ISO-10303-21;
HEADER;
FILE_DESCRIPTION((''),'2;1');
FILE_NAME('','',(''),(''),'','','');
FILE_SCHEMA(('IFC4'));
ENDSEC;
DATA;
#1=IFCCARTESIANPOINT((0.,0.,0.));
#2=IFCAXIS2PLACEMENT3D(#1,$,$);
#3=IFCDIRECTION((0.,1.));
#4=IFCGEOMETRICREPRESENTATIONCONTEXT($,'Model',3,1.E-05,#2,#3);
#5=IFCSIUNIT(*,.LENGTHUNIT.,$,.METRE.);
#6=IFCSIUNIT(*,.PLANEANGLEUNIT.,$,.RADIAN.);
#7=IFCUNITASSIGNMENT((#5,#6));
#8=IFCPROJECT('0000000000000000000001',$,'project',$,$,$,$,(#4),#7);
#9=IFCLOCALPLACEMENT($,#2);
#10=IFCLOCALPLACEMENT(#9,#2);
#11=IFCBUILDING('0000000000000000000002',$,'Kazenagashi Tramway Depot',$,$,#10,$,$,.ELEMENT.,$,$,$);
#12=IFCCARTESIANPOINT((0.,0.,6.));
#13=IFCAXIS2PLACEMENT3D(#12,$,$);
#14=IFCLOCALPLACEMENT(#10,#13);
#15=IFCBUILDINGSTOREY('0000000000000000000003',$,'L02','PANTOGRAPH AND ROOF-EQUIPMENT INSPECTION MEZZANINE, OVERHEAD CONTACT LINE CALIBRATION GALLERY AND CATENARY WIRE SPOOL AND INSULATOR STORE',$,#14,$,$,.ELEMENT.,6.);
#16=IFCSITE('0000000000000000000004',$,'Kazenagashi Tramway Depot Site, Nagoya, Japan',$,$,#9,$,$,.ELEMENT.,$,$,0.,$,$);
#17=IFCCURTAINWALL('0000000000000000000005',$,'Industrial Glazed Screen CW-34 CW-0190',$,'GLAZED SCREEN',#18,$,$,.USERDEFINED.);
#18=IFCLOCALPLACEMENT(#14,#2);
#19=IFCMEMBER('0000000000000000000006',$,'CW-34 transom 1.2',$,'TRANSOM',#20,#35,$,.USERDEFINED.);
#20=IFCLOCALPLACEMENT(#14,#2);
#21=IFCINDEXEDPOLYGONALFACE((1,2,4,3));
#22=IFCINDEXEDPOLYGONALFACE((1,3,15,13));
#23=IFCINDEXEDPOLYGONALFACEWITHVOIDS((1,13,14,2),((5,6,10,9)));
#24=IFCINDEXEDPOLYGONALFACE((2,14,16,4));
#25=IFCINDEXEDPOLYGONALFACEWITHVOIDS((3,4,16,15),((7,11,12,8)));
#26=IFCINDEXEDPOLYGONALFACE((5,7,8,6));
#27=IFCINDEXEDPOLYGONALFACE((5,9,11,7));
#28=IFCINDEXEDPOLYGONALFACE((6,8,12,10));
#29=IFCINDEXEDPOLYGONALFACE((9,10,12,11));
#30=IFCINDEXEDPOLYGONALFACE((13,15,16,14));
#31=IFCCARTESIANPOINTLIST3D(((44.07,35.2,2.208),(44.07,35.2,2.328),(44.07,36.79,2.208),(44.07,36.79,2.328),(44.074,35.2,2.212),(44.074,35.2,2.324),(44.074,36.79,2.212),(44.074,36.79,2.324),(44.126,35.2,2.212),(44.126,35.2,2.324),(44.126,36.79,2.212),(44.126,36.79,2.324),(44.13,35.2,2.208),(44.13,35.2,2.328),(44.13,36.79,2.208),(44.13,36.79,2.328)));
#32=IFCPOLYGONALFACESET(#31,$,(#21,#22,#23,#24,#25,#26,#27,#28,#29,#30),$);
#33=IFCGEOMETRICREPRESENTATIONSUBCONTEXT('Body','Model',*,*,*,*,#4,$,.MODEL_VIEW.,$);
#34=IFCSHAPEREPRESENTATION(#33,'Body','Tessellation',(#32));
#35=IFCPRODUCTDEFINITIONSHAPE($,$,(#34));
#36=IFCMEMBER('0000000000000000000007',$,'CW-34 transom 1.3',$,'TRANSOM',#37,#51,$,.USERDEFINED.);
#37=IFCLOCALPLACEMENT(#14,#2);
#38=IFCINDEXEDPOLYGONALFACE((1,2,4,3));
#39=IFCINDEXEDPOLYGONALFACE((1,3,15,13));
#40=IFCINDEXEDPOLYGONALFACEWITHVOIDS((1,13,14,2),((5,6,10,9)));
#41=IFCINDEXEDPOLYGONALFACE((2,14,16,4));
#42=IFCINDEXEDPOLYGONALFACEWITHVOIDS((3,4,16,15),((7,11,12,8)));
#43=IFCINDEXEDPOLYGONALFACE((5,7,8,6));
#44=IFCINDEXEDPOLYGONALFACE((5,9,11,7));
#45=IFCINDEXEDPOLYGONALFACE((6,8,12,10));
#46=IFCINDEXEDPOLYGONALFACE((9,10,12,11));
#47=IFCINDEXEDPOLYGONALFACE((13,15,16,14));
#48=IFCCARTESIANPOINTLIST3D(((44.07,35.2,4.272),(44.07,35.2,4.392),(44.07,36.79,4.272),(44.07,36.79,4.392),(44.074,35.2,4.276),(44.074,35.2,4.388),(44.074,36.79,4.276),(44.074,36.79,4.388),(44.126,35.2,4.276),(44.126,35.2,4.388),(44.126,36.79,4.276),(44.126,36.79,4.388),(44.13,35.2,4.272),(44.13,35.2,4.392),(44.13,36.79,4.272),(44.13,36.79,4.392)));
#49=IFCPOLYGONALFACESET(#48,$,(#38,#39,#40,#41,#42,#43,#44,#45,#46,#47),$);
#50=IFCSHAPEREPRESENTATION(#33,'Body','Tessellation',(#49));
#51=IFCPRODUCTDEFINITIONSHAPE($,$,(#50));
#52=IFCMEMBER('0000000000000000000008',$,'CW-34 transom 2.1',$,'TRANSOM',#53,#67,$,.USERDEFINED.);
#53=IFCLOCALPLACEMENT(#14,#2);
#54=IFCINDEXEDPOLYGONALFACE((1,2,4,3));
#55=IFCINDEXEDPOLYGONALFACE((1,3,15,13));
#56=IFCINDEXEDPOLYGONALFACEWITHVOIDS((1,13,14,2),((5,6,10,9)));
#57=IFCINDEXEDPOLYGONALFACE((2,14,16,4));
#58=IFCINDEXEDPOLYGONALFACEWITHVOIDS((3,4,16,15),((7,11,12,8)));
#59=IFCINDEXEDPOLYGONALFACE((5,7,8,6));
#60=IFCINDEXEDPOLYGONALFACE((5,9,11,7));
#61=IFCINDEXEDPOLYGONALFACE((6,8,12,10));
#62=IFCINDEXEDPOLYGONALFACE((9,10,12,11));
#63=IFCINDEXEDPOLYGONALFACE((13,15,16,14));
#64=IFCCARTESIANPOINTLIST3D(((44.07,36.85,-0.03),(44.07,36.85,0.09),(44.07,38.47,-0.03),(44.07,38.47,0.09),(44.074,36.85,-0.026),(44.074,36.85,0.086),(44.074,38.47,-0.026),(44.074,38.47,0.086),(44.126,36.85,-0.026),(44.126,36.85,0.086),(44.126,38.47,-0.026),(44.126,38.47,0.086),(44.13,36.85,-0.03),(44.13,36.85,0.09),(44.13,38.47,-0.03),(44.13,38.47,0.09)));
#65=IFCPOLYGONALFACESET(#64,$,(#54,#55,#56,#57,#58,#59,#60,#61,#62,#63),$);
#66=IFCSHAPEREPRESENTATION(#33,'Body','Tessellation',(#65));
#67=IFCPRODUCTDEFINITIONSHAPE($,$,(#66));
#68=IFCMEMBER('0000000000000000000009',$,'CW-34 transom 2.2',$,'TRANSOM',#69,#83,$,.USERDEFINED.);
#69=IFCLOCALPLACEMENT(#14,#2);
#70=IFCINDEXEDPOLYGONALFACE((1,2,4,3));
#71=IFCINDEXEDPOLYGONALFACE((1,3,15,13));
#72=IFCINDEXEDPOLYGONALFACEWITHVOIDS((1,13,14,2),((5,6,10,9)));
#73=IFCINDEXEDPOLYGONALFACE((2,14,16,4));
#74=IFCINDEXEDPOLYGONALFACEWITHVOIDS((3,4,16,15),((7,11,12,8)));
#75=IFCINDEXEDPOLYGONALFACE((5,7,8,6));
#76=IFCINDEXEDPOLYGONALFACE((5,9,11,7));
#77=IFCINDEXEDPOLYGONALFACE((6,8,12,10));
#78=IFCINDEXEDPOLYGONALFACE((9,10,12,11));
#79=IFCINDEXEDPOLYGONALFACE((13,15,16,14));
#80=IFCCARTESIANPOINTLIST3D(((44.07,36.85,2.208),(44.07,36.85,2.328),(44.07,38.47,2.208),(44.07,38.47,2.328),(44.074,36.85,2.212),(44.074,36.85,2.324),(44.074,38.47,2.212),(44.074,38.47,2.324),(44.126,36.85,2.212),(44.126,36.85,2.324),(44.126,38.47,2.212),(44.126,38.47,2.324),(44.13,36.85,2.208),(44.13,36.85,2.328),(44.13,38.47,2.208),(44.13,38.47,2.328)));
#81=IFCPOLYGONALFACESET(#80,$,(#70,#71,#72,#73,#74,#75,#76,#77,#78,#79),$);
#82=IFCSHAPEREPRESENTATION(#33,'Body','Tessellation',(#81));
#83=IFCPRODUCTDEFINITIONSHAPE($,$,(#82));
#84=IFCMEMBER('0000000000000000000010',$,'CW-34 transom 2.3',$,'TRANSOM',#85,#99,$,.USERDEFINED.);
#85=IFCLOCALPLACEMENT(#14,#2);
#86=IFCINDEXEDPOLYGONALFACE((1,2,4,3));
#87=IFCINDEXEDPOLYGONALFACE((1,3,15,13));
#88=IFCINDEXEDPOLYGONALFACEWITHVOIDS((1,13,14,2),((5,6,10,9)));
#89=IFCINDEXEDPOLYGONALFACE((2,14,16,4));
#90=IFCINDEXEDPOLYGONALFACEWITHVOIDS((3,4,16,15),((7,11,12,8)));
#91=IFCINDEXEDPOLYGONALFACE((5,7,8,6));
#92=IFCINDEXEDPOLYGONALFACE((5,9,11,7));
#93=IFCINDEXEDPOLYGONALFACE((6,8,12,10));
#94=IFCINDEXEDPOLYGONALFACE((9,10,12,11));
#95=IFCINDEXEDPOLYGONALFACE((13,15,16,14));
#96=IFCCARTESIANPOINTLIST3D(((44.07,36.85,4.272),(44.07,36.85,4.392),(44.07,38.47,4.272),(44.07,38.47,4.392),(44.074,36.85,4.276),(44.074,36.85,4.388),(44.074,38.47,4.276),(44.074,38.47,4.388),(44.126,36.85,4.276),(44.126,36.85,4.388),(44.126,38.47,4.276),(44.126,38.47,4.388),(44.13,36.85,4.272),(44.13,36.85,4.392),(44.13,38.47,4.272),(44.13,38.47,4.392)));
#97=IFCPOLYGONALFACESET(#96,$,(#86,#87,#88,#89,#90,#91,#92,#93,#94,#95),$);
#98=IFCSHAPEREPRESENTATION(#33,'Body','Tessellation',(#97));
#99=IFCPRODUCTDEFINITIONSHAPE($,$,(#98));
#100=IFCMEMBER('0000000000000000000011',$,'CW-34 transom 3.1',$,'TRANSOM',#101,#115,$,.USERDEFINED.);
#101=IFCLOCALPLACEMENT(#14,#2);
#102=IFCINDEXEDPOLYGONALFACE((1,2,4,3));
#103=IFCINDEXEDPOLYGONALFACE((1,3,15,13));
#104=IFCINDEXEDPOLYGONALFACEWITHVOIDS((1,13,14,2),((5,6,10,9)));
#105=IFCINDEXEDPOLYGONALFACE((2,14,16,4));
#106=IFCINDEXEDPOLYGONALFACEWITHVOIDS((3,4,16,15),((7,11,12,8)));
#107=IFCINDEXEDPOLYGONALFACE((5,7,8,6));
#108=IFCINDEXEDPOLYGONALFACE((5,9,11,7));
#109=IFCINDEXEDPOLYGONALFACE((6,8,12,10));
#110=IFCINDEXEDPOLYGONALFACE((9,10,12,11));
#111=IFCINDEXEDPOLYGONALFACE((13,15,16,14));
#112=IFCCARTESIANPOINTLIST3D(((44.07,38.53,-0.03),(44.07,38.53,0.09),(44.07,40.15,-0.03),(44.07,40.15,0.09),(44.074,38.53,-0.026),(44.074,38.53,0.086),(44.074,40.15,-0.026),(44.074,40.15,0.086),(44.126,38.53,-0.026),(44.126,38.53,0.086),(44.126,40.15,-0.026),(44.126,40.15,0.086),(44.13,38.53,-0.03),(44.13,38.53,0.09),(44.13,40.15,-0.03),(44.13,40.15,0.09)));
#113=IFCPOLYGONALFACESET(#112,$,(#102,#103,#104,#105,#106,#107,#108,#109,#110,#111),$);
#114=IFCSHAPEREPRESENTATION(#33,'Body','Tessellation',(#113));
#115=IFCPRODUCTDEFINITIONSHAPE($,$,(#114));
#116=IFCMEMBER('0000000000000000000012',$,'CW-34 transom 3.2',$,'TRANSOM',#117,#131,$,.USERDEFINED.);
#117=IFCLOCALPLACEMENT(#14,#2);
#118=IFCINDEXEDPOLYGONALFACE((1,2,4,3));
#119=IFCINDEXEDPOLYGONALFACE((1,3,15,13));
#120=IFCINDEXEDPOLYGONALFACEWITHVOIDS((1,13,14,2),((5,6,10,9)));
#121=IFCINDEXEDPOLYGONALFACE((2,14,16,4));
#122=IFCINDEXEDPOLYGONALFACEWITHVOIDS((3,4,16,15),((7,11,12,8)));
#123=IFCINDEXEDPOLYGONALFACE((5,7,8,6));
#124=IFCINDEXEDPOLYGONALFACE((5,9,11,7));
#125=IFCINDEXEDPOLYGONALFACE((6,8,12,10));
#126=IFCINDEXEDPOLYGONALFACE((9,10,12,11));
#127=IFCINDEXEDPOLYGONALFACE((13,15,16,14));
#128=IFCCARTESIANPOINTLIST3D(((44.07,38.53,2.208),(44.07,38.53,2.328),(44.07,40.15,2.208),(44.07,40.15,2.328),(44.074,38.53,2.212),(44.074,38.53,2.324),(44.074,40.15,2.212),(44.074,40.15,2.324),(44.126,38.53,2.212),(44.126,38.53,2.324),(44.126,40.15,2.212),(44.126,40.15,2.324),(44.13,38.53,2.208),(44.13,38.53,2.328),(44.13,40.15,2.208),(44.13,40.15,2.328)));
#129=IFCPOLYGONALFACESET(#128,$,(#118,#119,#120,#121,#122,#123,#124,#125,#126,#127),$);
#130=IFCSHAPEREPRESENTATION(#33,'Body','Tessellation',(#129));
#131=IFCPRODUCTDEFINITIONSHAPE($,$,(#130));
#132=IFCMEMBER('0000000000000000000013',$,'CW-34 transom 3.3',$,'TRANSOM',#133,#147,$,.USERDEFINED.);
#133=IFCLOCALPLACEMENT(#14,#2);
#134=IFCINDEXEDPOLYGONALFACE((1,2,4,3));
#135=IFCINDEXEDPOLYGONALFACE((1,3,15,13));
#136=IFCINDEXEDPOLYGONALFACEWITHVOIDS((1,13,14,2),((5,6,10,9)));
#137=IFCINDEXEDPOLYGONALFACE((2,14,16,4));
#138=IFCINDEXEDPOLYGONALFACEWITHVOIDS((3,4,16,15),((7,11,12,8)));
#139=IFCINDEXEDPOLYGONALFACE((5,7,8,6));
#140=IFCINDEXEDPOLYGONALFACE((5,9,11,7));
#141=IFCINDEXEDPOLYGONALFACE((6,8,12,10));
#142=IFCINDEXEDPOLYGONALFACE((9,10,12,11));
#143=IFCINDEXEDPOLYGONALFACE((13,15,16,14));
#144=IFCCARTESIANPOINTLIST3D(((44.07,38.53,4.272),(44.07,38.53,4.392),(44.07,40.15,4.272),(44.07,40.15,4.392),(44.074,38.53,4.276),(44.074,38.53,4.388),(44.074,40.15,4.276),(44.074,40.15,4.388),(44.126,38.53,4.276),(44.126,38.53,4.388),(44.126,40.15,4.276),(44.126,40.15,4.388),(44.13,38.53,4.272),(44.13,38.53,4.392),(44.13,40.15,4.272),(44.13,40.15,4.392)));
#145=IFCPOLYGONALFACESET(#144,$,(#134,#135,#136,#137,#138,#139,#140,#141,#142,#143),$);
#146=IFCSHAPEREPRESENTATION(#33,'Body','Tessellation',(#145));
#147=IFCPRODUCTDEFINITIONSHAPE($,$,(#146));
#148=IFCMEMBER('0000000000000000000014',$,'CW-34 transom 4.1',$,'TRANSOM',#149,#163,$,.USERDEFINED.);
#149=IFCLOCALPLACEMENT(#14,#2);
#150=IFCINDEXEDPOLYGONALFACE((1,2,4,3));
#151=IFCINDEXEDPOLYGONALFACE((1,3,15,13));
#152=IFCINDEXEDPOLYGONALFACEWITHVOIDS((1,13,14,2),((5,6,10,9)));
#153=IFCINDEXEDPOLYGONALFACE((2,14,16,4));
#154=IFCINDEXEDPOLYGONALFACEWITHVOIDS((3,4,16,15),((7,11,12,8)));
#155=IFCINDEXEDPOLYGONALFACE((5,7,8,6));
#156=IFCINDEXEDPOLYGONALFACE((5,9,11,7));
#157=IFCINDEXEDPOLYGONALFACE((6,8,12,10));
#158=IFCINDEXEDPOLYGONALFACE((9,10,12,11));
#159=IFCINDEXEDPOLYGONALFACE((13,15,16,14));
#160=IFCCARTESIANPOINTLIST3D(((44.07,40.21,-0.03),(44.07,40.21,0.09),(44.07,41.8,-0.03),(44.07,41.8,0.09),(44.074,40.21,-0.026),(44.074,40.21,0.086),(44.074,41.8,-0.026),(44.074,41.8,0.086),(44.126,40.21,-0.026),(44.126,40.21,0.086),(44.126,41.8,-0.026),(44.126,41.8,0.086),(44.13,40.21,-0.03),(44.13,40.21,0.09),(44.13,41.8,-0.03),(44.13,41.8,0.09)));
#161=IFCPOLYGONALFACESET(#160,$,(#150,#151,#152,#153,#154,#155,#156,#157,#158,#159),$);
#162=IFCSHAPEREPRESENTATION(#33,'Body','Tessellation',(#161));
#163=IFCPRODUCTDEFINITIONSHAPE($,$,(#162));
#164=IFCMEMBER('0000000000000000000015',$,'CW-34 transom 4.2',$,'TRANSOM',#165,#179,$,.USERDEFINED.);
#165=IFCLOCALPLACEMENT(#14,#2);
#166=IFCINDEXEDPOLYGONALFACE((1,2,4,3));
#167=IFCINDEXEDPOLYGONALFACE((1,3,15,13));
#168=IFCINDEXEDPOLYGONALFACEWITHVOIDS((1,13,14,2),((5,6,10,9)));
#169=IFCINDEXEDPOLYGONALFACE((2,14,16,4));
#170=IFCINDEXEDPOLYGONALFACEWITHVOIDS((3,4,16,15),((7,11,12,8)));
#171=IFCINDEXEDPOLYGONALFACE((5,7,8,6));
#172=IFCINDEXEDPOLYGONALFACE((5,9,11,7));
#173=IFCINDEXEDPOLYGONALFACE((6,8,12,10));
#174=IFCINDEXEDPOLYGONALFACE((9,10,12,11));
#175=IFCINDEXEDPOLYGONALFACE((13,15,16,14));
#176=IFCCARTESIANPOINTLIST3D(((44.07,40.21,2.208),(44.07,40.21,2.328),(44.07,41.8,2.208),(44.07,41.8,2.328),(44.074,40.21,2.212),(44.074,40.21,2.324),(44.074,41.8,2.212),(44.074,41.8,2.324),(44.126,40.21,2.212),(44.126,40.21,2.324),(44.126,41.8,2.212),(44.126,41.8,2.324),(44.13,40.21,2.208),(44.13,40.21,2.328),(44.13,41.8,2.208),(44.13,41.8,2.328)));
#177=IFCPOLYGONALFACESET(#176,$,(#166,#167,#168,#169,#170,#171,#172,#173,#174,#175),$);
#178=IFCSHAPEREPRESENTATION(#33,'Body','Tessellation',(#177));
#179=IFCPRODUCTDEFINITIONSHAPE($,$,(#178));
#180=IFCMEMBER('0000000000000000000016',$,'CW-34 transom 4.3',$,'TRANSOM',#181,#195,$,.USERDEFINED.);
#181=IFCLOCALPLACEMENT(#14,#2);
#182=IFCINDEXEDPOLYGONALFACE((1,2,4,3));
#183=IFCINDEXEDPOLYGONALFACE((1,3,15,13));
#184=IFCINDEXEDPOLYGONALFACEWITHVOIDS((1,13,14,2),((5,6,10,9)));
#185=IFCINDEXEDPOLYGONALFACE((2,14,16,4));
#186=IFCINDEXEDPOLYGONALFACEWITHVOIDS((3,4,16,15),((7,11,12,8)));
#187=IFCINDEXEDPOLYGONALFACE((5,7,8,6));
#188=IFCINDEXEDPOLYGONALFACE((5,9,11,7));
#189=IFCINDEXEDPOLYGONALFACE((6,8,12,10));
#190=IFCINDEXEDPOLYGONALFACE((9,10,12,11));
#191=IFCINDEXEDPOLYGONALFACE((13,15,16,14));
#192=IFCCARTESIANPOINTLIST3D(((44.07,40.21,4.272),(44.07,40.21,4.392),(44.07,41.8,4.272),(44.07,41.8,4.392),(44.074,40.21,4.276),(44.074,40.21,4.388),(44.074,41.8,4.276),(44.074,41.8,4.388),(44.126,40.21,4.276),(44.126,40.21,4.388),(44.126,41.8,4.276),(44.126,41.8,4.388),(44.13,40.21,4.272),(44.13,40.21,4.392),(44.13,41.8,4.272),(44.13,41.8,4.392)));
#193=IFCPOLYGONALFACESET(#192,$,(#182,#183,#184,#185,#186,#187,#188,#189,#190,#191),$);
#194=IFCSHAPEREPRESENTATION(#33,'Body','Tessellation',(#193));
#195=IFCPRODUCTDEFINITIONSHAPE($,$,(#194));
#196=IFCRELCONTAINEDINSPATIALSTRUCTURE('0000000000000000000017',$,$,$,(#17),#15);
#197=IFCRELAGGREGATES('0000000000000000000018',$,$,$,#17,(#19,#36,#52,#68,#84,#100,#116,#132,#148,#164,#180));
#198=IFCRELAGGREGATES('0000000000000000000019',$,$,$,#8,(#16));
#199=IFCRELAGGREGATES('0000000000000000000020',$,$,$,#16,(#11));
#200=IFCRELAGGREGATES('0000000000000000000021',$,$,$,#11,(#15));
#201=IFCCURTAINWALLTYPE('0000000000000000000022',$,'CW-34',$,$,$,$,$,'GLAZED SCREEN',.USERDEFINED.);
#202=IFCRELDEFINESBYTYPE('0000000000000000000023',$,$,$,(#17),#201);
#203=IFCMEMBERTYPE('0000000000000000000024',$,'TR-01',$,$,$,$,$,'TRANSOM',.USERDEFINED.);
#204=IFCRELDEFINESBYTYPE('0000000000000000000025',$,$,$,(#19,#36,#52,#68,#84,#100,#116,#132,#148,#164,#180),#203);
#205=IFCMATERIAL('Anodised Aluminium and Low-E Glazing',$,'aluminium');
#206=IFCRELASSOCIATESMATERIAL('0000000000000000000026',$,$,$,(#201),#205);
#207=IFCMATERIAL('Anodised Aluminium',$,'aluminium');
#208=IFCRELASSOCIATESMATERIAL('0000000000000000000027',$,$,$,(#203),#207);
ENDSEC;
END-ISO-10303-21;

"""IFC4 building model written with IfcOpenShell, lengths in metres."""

from ifc_helpers import new_model, si_unit, direction, frame, origin, origin_2d, place, context, subcontext, project, spatial, hollow_rectangle, extrude, material, material_profile, profile_set, type_object, element, aggregate, save


model = new_model("IFC4")

# Units and contexts
model_context = context("Model", 3, precision=1e-05, world=origin(), true_north=direction((0.0, 1.0)))
body_context = subcontext(model_context, "Body", "Model", "MODEL_VIEW")
ifc_project = project(units=[si_unit("LENGTHUNIT", "METRE"), si_unit("PLANEANGLEUNIT", "RADIAN")], contexts=[model_context])

# Site, building, storey
site_placement = place(None, origin())
site = spatial("IfcSite", under=ifc_project, at=site_placement, Name="Kazenagashi Tramway Depot Site, Nagoya, Japan", CompositionType="ELEMENT", RefElevation=0.0)
building_placement = place(site_placement, origin())
building = spatial("IfcBuilding", under=site, at=building_placement, Name="Kazenagashi Tramway Depot", CompositionType="ELEMENT")
storey_placement = place(building_placement, frame((0.0, 0.0, 6.0)))
storey = spatial("IfcBuildingStorey", under=building, at=storey_placement, Name="L02", Description="PANTOGRAPH AND ROOF-EQUIPMENT INSPECTION MEZZANINE, OVERHEAD CONTACT LINE CALIBRATION GALLERY AND CATENARY WIRE SPOOL AND INSULATOR STORE", CompositionType="ELEMENT", Elevation=6.0)

# Curtain wall
ifc_material_1 = material(Name="Anodised Aluminium and Low-E Glazing", Category="aluminium")
curtain_wall_type = type_object("IfcCurtainWallType", Name="CW-34", ElementType="GLAZED SCREEN", PredefinedType="USERDEFINED", material=ifc_material_1)
curtain_wall_1_placement = place(storey_placement, origin())
curtain_wall_1 = element("IfcCurtainWall", 1, at=curtain_wall_1_placement, inside=storey, type_object=curtain_wall_type, Name="Industrial Glazed Screen CW-34 CW-0190", ObjectType="GLAZED SCREEN", PredefinedType="USERDEFINED")
ifc_material_2 = material(Name="Anodised Aluminium", Category="aluminium")

# Members
ifc_material_profile_1 = material_profile(ifc_material_2, hollow_rectangle(XDim=0.06, YDim=0.12, WallThickness=0.004, at=origin_2d()), Name="RHS-120x60x4")
ifc_profile_set_1 = profile_set([ifc_material_profile_1], Name="Anodised Aluminium")
member_type_1 = type_object("IfcMemberType", Name="TR-01", ElementType="TRANSOM", PredefinedType="USERDEFINED", material=ifc_profile_set_1)
member_1_placement = place(storey_placement, frame((44.1, 35.2, 2.268), z_axis=(0.0, 1.0, 0.0), x_axis=(-1.0, 0.0, 0.0)))
member_1 = element("IfcMember", 2, at=member_1_placement, type_object=member_type_1, Name="CW-34 transom 1.2", ObjectType="TRANSOM", PredefinedType="USERDEFINED", context=body_context, shape_type="SweptSolid", body=[
    extrude(hollow_rectangle(XDim=0.06, YDim=0.12, WallThickness=0.004, at=origin_2d()), origin(), (0.0, 0.0, 1.0), 1.59),
])
member_2_placement = place(storey_placement, frame((44.1, 35.2, 4.332), z_axis=(0.0, 1.0, 0.0), x_axis=(-1.0, 0.0, 0.0)))
member_2 = element("IfcMember", 3, at=member_2_placement, type_object=member_type_1, Name="CW-34 transom 1.3", ObjectType="TRANSOM", PredefinedType="USERDEFINED", context=body_context, shape_type="SweptSolid", body=[
    extrude(hollow_rectangle(XDim=0.06, YDim=0.12, WallThickness=0.004, at=origin_2d()), origin(), (0.0, 0.0, 1.0), 1.59),
])
member_3_placement = place(storey_placement, frame((44.1, 36.85, 0.03), z_axis=(0.0, 1.0, 0.0), x_axis=(-1.0, 0.0, 0.0)))
member_3 = element("IfcMember", 4, at=member_3_placement, type_object=member_type_1, Name="CW-34 transom 2.1", ObjectType="TRANSOM", PredefinedType="USERDEFINED", context=body_context, shape_type="SweptSolid", body=[
    extrude(hollow_rectangle(XDim=0.06, YDim=0.12, WallThickness=0.004, at=origin_2d()), origin(), (0.0, 0.0, 1.0), 1.62),
])
member_4_placement = place(storey_placement, frame((44.1, 36.85, 2.268), z_axis=(0.0, 1.0, 0.0), x_axis=(-1.0, 0.0, 0.0)))
member_4 = element("IfcMember", 5, at=member_4_placement, type_object=member_type_1, Name="CW-34 transom 2.2", ObjectType="TRANSOM", PredefinedType="USERDEFINED", context=body_context, shape_type="SweptSolid", body=[
    extrude(hollow_rectangle(XDim=0.06, YDim=0.12, WallThickness=0.004, at=origin_2d()), origin(), (0.0, 0.0, 1.0), 1.62),
])
member_5_placement = place(storey_placement, frame((44.1, 36.85, 4.332), z_axis=(0.0, 1.0, 0.0), x_axis=(-1.0, 0.0, 0.0)))
member_5 = element("IfcMember", 6, at=member_5_placement, type_object=member_type_1, Name="CW-34 transom 2.3", ObjectType="TRANSOM", PredefinedType="USERDEFINED", context=body_context, shape_type="SweptSolid", body=[
    extrude(hollow_rectangle(XDim=0.06, YDim=0.12, WallThickness=0.004, at=origin_2d()), origin(), (0.0, 0.0, 1.0), 1.62),
])
member_6_placement = place(storey_placement, frame((44.1, 38.53, 0.03), z_axis=(0.0, 1.0, 0.0), x_axis=(-1.0, 0.0, 0.0)))
member_6 = element("IfcMember", 7, at=member_6_placement, type_object=member_type_1, Name="CW-34 transom 3.1", ObjectType="TRANSOM", PredefinedType="USERDEFINED", context=body_context, shape_type="SweptSolid", body=[
    extrude(hollow_rectangle(XDim=0.06, YDim=0.12, WallThickness=0.004, at=origin_2d()), origin(), (0.0, 0.0, 1.0), 1.62),
])
member_7_placement = place(storey_placement, frame((44.1, 38.53, 2.268), z_axis=(0.0, 1.0, 0.0), x_axis=(-1.0, 0.0, 0.0)))
member_7 = element("IfcMember", 8, at=member_7_placement, type_object=member_type_1, Name="CW-34 transom 3.2", ObjectType="TRANSOM", PredefinedType="USERDEFINED", context=body_context, shape_type="SweptSolid", body=[
    extrude(hollow_rectangle(XDim=0.06, YDim=0.12, WallThickness=0.004, at=origin_2d()), origin(), (0.0, 0.0, 1.0), 1.62),
])
member_8_placement = place(storey_placement, frame((44.1, 38.53, 4.332), z_axis=(0.0, 1.0, 0.0), x_axis=(-1.0, 0.0, 0.0)))
member_8 = element("IfcMember", 9, at=member_8_placement, type_object=member_type_1, Name="CW-34 transom 3.3", ObjectType="TRANSOM", PredefinedType="USERDEFINED", context=body_context, shape_type="SweptSolid", body=[
    extrude(hollow_rectangle(XDim=0.06, YDim=0.12, WallThickness=0.004, at=origin_2d()), origin(), (0.0, 0.0, 1.0), 1.62),
])
member_9_placement = place(storey_placement, frame((44.1, 40.21, 0.03), z_axis=(0.0, 1.0, 0.0), x_axis=(-1.0, 0.0, 0.0)))
member_9 = element("IfcMember", 10, at=member_9_placement, type_object=member_type_1, Name="CW-34 transom 4.1", ObjectType="TRANSOM", PredefinedType="USERDEFINED", context=body_context, shape_type="SweptSolid", body=[
    extrude(hollow_rectangle(XDim=0.06, YDim=0.12, WallThickness=0.004, at=origin_2d()), origin(), (0.0, 0.0, 1.0), 1.59),
])
member_10_placement = place(storey_placement, frame((44.1, 40.21, 2.268), z_axis=(0.0, 1.0, 0.0), x_axis=(-1.0, 0.0, 0.0)))
member_10 = element("IfcMember", 11, at=member_10_placement, type_object=member_type_1, Name="CW-34 transom 4.2", ObjectType="TRANSOM", PredefinedType="USERDEFINED", context=body_context, shape_type="SweptSolid", body=[
    extrude(hollow_rectangle(XDim=0.06, YDim=0.12, WallThickness=0.004, at=origin_2d()), origin(), (0.0, 0.0, 1.0), 1.59),
])
member_11_placement = place(storey_placement, frame((44.1, 40.21, 4.332), z_axis=(0.0, 1.0, 0.0), x_axis=(-1.0, 0.0, 0.0)))
member_11 = element("IfcMember", 12, at=member_11_placement, type_object=member_type_1, Name="CW-34 transom 4.3", ObjectType="TRANSOM", PredefinedType="USERDEFINED", context=body_context, shape_type="SweptSolid", body=[
    extrude(hollow_rectangle(XDim=0.06, YDim=0.12, WallThickness=0.004, at=origin_2d()), origin(), (0.0, 0.0, 1.0), 1.59),
])

aggregate(curtain_wall_1, [member_1, member_2, member_3, member_4, member_5, member_6, member_7, member_8, member_9, member_10, member_11])

save(model, "model.ifc")
